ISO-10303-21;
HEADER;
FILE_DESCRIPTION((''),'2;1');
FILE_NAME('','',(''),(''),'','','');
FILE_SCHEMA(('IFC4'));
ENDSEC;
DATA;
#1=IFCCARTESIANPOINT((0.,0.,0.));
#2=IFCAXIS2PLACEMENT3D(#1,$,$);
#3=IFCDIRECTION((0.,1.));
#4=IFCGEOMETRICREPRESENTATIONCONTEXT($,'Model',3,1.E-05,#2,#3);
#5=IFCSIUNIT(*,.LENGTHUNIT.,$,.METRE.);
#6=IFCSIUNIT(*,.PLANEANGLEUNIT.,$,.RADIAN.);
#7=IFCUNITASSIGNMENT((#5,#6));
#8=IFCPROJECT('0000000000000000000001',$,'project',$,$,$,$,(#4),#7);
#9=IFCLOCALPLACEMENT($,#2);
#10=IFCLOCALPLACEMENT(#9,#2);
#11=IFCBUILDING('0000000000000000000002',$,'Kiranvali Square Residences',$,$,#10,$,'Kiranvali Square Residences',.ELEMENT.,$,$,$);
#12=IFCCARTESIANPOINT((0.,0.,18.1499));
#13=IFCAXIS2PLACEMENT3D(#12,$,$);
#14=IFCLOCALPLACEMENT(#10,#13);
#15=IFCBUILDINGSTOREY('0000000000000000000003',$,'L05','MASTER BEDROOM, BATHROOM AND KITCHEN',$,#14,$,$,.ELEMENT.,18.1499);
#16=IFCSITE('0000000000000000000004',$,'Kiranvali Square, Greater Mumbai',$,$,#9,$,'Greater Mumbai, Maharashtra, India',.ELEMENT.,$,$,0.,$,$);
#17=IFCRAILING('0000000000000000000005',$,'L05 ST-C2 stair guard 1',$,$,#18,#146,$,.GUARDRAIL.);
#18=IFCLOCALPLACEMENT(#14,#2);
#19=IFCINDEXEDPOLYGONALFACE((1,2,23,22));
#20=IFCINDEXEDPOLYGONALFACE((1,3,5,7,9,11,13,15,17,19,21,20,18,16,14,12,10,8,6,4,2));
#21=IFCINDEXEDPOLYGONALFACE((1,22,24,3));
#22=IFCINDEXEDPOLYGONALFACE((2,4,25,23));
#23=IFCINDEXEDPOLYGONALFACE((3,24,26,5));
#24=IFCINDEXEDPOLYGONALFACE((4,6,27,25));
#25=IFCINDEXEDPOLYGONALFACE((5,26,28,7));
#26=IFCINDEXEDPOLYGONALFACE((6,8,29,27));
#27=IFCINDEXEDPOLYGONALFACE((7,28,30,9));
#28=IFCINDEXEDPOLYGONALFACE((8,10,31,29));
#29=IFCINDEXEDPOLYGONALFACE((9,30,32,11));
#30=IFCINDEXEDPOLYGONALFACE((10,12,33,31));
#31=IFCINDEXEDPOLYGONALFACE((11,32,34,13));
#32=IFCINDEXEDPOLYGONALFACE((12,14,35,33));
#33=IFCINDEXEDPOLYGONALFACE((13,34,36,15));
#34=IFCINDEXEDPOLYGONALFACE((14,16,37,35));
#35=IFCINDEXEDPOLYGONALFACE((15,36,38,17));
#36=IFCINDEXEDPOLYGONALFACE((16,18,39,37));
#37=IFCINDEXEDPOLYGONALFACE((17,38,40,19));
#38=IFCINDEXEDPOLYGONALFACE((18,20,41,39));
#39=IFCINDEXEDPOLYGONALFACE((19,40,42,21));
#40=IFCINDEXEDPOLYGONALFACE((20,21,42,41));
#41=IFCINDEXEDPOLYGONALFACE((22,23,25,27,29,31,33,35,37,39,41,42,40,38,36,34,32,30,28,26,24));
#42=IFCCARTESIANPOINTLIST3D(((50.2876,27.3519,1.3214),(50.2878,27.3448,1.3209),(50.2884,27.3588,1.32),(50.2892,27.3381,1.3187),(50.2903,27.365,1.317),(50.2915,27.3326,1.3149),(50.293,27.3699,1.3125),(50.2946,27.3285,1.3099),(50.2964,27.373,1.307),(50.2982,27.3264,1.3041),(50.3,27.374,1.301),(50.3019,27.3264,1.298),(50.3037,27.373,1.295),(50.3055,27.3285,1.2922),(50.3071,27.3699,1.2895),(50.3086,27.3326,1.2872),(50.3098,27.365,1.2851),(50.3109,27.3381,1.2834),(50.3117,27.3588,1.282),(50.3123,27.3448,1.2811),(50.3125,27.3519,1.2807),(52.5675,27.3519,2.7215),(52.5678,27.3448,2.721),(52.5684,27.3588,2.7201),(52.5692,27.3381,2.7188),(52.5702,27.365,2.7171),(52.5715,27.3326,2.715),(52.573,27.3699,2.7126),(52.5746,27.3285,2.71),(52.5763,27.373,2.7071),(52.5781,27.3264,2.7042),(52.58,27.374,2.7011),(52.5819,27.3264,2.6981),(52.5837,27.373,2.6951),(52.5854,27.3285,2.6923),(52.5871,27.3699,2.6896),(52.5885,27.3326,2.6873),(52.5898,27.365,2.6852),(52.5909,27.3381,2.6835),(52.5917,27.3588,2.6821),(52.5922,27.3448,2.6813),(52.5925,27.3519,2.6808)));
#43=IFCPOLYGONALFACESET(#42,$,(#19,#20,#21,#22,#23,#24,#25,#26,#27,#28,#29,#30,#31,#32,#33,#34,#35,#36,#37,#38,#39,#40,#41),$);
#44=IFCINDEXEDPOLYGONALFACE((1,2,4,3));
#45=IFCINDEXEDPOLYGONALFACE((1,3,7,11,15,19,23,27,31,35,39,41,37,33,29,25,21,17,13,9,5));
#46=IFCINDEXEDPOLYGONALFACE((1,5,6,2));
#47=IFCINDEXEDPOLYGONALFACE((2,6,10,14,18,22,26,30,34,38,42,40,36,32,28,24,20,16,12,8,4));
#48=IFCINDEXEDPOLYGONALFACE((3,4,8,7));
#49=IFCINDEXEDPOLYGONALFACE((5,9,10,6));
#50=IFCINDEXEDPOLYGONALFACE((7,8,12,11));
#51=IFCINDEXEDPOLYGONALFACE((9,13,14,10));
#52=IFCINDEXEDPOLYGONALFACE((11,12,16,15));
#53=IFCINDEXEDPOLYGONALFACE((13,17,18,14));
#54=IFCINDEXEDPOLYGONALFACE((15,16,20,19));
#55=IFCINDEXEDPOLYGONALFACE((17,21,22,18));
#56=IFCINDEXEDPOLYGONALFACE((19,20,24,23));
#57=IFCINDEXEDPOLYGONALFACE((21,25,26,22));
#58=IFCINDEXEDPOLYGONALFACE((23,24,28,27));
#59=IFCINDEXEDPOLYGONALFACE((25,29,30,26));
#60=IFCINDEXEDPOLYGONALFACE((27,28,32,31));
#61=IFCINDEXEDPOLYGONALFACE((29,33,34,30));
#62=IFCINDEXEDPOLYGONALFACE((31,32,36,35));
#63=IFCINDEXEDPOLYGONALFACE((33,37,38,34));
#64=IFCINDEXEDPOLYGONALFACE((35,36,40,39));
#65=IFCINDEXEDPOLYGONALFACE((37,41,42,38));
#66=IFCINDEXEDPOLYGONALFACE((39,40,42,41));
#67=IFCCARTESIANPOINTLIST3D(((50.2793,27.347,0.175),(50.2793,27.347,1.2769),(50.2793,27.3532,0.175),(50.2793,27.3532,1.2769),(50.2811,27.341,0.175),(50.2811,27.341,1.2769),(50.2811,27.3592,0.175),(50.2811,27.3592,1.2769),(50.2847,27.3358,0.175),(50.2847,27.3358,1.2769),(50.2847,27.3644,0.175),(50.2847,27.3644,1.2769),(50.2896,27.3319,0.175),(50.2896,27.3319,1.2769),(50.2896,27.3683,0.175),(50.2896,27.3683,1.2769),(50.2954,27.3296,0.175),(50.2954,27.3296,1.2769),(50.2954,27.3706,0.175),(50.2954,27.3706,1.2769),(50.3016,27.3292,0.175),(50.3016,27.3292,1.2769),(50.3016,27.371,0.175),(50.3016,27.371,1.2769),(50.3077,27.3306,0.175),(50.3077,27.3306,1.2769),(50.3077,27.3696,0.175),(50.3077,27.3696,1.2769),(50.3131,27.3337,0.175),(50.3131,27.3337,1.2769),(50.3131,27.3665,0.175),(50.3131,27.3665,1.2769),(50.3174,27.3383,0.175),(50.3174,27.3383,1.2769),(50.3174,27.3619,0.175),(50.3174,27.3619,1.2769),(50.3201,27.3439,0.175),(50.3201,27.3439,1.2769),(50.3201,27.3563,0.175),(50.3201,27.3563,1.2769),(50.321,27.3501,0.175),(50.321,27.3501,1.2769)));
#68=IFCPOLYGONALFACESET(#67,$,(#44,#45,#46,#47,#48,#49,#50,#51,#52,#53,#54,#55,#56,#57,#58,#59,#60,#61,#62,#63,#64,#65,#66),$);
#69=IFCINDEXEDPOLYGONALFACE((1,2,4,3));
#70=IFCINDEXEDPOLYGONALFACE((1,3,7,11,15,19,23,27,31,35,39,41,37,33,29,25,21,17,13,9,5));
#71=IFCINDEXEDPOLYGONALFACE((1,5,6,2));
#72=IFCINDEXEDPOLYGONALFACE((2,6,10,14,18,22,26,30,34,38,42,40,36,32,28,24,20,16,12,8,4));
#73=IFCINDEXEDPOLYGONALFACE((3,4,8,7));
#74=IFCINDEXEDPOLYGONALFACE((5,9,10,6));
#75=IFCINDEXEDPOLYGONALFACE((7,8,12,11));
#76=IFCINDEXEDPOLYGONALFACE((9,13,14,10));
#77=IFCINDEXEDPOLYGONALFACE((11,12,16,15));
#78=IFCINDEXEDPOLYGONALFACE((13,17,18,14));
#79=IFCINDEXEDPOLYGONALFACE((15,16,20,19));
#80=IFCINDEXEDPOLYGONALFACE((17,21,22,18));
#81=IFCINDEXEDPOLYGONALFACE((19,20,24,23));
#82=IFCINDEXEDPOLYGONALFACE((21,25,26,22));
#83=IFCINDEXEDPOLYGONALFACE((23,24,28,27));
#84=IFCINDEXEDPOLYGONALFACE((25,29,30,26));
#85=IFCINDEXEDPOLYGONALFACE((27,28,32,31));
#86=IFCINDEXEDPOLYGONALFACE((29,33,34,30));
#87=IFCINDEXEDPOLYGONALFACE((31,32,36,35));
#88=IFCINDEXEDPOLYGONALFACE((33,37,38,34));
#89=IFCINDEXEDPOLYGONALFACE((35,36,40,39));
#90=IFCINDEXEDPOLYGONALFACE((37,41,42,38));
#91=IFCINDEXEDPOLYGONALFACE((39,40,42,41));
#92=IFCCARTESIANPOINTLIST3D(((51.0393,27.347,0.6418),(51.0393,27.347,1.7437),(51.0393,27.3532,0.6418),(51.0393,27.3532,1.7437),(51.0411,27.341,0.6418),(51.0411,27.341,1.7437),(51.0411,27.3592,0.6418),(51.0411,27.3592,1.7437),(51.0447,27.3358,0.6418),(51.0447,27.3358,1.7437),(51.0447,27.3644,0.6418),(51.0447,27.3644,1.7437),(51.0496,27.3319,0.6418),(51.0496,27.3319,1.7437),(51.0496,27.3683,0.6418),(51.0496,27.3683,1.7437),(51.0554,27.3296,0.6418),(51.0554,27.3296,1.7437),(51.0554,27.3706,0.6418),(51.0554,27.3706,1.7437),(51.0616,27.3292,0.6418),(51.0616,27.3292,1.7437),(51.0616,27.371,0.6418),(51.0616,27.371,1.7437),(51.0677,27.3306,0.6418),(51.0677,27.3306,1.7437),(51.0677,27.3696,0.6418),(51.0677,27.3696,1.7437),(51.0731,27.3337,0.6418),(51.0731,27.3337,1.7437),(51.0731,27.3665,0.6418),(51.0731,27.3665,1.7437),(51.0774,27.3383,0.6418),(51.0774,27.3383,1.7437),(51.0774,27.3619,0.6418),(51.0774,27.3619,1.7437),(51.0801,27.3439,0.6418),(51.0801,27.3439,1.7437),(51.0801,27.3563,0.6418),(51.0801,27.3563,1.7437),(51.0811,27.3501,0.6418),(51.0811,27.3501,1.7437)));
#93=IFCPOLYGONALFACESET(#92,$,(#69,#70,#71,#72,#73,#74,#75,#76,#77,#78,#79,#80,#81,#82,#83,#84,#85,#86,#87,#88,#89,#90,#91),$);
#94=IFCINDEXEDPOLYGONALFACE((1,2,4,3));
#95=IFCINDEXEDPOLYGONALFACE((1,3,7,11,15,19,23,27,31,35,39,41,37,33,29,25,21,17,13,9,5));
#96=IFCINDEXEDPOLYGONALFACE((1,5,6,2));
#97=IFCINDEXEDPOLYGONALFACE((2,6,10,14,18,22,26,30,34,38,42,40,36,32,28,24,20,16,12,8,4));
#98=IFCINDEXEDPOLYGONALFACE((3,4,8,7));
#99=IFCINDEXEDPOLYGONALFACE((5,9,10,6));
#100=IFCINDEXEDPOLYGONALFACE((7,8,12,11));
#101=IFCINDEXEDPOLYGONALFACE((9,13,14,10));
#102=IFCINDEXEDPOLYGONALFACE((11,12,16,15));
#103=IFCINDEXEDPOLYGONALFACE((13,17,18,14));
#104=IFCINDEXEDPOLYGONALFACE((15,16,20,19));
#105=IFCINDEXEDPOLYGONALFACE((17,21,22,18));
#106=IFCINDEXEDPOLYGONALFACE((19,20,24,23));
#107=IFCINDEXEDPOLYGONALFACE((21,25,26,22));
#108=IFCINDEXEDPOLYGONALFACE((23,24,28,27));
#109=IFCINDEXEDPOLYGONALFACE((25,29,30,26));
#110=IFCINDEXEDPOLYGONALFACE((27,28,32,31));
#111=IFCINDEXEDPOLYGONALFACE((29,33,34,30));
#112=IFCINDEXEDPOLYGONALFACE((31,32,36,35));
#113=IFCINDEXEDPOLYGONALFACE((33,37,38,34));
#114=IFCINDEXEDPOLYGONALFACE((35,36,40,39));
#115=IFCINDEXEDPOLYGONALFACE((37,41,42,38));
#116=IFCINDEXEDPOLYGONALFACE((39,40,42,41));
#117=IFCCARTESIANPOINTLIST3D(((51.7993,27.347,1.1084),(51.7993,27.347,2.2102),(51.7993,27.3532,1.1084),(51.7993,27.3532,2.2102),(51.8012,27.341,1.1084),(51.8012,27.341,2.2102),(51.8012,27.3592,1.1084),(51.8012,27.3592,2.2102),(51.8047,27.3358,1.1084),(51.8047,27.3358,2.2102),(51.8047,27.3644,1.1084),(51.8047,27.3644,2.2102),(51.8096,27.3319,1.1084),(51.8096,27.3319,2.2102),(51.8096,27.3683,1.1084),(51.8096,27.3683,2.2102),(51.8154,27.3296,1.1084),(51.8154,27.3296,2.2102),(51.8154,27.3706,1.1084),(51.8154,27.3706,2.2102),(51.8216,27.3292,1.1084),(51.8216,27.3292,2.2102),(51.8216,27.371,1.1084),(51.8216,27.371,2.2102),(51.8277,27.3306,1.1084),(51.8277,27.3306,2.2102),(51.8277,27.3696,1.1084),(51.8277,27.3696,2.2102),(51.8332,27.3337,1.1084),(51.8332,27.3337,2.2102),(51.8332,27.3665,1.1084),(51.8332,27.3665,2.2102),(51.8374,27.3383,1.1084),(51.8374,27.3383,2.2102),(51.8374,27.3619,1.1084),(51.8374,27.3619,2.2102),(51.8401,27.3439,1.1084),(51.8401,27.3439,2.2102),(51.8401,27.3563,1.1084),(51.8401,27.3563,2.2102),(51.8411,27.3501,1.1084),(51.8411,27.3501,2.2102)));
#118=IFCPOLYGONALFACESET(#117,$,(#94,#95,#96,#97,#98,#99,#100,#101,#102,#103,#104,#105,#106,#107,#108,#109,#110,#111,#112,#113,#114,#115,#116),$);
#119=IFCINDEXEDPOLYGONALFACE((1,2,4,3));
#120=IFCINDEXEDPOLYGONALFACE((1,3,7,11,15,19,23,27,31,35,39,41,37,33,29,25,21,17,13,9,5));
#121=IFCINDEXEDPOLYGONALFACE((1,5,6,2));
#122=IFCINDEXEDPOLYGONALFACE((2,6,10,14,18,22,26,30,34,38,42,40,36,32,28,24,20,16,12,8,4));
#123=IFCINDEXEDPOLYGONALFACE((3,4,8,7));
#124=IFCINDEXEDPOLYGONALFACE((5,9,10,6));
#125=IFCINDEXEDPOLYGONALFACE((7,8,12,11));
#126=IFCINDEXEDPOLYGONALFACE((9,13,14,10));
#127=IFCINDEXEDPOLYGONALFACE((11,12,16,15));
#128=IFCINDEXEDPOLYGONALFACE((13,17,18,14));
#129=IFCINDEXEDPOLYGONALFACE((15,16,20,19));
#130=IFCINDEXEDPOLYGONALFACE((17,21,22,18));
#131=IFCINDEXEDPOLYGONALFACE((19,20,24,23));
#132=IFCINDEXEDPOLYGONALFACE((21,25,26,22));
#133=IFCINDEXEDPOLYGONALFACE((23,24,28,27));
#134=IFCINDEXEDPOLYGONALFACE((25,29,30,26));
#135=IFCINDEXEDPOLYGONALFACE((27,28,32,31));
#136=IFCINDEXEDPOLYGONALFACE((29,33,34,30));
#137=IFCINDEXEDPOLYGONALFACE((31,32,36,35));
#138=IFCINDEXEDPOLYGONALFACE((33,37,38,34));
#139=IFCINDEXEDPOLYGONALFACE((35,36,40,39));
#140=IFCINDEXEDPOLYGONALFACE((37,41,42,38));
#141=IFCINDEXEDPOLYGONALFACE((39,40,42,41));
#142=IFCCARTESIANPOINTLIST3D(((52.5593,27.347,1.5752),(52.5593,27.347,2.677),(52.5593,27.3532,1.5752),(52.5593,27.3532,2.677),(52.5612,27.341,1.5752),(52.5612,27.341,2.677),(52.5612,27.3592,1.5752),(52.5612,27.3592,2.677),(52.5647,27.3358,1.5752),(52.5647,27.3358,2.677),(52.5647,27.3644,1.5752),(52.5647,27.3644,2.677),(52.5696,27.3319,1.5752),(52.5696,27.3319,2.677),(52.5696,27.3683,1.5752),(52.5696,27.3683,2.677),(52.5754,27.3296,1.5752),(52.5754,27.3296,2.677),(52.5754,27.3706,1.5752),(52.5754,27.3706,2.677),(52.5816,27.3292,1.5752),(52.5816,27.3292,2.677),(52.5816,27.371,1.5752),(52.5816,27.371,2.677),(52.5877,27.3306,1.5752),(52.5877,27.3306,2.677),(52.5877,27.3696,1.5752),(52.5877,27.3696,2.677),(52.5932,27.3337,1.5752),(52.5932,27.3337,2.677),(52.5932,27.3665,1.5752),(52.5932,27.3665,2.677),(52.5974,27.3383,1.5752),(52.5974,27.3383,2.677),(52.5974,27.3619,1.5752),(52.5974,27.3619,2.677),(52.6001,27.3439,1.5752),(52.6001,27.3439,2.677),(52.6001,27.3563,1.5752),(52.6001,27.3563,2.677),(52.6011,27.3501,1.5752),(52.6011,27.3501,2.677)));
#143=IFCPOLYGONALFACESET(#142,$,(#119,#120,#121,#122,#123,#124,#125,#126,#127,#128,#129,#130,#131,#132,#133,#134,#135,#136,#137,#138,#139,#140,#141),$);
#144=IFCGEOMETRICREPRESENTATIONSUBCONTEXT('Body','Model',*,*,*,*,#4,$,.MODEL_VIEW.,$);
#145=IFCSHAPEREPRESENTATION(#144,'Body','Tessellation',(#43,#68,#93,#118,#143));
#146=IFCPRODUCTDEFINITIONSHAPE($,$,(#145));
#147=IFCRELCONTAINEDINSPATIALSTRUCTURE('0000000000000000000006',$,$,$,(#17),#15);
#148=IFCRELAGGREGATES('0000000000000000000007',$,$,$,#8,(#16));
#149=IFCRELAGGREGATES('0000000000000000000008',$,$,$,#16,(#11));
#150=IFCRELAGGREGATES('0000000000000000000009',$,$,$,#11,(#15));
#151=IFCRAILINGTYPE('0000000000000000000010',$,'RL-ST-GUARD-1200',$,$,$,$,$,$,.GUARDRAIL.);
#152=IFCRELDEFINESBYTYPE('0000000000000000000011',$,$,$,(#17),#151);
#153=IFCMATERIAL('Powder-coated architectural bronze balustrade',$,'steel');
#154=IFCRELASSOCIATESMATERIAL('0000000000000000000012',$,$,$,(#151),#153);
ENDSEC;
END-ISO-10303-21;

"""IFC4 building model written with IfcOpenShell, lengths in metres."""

from ifc_helpers import new_model, si_unit, direction, frame, origin, origin_2d, place, context, subcontext, project, spatial, circle, extrude, material, type_object, element, save


model = new_model("IFC4")

# Units and contexts
model_context = context("Model", 3, precision=1e-05, world=origin(), true_north=direction((0.0, 1.0)))
body_context = subcontext(model_context, "Body", "Model", "MODEL_VIEW")
ifc_project = project(units=[si_unit("LENGTHUNIT", "METRE"), si_unit("PLANEANGLEUNIT", "RADIAN")], contexts=[model_context])

# Site, building, storey
site_placement = place(None, origin())
site = spatial("IfcSite", under=ifc_project, at=site_placement, Name="Kiranvali Square, Greater Mumbai", LongName="Greater Mumbai, Maharashtra, India", CompositionType="ELEMENT", RefElevation=0.0)
building_placement = place(site_placement, origin())
building = spatial("IfcBuilding", under=site, at=building_placement, Name="Kiranvali Square Residences", LongName="Kiranvali Square Residences", CompositionType="ELEMENT")
storey_placement = place(building_placement, frame((0.0, 0.0, 18.1499)))
storey = spatial("IfcBuildingStorey", under=building, at=storey_placement, Name="L05", Description="MASTER BEDROOM, BATHROOM AND KITCHEN", CompositionType="ELEMENT", Elevation=18.1499)

# Railing
ifc_material_1 = material(Name="Powder-coated architectural bronze balustrade", Category="steel")
railing_type_1 = type_object("IfcRailingType", Name="RL-ST-GUARD-1200", PredefinedType="GUARDRAIL", material=ifc_material_1)
railing_1_placement = place(storey_placement, frame((50.3, 27.3501, 0.175)))
element("IfcRailing", 1, at=railing_1_placement, inside=storey, type_object=railing_type_1, Name="L05 ST-C2 stair guard 1", PredefinedType="GUARDRAIL", context=body_context, shape_type="SweptSolid", body=[
    extrude(circle(Radius=0.0239, at=origin_2d()), frame((0.0, 0.0, 1.126), z_axis=(0.85215, 0.0, 0.523298), x_axis=(0.0, 1.0, 0.0)), (0.0, 0.0, 1.0), 2.6755),
    extrude(circle(Radius=0.021, at=origin_2d()), origin(), (0.0, 0.0, 1.0), 1.1018),
    extrude(circle(Radius=0.021, at=origin_2d()), frame((0.76, 0.0, 0.4668)), (0.0, 0.0, 1.0), 1.1018),
    extrude(circle(Radius=0.021, at=origin_2d()), frame((1.52, 0.0, 0.9333)), (0.0, 0.0, 1.0), 1.1018),
    extrude(circle(Radius=0.021, at=origin_2d()), frame((2.28, 0.0, 1.4001)), (0.0, 0.0, 1.0), 1.1018),
])

save(model, "model.ifc")
